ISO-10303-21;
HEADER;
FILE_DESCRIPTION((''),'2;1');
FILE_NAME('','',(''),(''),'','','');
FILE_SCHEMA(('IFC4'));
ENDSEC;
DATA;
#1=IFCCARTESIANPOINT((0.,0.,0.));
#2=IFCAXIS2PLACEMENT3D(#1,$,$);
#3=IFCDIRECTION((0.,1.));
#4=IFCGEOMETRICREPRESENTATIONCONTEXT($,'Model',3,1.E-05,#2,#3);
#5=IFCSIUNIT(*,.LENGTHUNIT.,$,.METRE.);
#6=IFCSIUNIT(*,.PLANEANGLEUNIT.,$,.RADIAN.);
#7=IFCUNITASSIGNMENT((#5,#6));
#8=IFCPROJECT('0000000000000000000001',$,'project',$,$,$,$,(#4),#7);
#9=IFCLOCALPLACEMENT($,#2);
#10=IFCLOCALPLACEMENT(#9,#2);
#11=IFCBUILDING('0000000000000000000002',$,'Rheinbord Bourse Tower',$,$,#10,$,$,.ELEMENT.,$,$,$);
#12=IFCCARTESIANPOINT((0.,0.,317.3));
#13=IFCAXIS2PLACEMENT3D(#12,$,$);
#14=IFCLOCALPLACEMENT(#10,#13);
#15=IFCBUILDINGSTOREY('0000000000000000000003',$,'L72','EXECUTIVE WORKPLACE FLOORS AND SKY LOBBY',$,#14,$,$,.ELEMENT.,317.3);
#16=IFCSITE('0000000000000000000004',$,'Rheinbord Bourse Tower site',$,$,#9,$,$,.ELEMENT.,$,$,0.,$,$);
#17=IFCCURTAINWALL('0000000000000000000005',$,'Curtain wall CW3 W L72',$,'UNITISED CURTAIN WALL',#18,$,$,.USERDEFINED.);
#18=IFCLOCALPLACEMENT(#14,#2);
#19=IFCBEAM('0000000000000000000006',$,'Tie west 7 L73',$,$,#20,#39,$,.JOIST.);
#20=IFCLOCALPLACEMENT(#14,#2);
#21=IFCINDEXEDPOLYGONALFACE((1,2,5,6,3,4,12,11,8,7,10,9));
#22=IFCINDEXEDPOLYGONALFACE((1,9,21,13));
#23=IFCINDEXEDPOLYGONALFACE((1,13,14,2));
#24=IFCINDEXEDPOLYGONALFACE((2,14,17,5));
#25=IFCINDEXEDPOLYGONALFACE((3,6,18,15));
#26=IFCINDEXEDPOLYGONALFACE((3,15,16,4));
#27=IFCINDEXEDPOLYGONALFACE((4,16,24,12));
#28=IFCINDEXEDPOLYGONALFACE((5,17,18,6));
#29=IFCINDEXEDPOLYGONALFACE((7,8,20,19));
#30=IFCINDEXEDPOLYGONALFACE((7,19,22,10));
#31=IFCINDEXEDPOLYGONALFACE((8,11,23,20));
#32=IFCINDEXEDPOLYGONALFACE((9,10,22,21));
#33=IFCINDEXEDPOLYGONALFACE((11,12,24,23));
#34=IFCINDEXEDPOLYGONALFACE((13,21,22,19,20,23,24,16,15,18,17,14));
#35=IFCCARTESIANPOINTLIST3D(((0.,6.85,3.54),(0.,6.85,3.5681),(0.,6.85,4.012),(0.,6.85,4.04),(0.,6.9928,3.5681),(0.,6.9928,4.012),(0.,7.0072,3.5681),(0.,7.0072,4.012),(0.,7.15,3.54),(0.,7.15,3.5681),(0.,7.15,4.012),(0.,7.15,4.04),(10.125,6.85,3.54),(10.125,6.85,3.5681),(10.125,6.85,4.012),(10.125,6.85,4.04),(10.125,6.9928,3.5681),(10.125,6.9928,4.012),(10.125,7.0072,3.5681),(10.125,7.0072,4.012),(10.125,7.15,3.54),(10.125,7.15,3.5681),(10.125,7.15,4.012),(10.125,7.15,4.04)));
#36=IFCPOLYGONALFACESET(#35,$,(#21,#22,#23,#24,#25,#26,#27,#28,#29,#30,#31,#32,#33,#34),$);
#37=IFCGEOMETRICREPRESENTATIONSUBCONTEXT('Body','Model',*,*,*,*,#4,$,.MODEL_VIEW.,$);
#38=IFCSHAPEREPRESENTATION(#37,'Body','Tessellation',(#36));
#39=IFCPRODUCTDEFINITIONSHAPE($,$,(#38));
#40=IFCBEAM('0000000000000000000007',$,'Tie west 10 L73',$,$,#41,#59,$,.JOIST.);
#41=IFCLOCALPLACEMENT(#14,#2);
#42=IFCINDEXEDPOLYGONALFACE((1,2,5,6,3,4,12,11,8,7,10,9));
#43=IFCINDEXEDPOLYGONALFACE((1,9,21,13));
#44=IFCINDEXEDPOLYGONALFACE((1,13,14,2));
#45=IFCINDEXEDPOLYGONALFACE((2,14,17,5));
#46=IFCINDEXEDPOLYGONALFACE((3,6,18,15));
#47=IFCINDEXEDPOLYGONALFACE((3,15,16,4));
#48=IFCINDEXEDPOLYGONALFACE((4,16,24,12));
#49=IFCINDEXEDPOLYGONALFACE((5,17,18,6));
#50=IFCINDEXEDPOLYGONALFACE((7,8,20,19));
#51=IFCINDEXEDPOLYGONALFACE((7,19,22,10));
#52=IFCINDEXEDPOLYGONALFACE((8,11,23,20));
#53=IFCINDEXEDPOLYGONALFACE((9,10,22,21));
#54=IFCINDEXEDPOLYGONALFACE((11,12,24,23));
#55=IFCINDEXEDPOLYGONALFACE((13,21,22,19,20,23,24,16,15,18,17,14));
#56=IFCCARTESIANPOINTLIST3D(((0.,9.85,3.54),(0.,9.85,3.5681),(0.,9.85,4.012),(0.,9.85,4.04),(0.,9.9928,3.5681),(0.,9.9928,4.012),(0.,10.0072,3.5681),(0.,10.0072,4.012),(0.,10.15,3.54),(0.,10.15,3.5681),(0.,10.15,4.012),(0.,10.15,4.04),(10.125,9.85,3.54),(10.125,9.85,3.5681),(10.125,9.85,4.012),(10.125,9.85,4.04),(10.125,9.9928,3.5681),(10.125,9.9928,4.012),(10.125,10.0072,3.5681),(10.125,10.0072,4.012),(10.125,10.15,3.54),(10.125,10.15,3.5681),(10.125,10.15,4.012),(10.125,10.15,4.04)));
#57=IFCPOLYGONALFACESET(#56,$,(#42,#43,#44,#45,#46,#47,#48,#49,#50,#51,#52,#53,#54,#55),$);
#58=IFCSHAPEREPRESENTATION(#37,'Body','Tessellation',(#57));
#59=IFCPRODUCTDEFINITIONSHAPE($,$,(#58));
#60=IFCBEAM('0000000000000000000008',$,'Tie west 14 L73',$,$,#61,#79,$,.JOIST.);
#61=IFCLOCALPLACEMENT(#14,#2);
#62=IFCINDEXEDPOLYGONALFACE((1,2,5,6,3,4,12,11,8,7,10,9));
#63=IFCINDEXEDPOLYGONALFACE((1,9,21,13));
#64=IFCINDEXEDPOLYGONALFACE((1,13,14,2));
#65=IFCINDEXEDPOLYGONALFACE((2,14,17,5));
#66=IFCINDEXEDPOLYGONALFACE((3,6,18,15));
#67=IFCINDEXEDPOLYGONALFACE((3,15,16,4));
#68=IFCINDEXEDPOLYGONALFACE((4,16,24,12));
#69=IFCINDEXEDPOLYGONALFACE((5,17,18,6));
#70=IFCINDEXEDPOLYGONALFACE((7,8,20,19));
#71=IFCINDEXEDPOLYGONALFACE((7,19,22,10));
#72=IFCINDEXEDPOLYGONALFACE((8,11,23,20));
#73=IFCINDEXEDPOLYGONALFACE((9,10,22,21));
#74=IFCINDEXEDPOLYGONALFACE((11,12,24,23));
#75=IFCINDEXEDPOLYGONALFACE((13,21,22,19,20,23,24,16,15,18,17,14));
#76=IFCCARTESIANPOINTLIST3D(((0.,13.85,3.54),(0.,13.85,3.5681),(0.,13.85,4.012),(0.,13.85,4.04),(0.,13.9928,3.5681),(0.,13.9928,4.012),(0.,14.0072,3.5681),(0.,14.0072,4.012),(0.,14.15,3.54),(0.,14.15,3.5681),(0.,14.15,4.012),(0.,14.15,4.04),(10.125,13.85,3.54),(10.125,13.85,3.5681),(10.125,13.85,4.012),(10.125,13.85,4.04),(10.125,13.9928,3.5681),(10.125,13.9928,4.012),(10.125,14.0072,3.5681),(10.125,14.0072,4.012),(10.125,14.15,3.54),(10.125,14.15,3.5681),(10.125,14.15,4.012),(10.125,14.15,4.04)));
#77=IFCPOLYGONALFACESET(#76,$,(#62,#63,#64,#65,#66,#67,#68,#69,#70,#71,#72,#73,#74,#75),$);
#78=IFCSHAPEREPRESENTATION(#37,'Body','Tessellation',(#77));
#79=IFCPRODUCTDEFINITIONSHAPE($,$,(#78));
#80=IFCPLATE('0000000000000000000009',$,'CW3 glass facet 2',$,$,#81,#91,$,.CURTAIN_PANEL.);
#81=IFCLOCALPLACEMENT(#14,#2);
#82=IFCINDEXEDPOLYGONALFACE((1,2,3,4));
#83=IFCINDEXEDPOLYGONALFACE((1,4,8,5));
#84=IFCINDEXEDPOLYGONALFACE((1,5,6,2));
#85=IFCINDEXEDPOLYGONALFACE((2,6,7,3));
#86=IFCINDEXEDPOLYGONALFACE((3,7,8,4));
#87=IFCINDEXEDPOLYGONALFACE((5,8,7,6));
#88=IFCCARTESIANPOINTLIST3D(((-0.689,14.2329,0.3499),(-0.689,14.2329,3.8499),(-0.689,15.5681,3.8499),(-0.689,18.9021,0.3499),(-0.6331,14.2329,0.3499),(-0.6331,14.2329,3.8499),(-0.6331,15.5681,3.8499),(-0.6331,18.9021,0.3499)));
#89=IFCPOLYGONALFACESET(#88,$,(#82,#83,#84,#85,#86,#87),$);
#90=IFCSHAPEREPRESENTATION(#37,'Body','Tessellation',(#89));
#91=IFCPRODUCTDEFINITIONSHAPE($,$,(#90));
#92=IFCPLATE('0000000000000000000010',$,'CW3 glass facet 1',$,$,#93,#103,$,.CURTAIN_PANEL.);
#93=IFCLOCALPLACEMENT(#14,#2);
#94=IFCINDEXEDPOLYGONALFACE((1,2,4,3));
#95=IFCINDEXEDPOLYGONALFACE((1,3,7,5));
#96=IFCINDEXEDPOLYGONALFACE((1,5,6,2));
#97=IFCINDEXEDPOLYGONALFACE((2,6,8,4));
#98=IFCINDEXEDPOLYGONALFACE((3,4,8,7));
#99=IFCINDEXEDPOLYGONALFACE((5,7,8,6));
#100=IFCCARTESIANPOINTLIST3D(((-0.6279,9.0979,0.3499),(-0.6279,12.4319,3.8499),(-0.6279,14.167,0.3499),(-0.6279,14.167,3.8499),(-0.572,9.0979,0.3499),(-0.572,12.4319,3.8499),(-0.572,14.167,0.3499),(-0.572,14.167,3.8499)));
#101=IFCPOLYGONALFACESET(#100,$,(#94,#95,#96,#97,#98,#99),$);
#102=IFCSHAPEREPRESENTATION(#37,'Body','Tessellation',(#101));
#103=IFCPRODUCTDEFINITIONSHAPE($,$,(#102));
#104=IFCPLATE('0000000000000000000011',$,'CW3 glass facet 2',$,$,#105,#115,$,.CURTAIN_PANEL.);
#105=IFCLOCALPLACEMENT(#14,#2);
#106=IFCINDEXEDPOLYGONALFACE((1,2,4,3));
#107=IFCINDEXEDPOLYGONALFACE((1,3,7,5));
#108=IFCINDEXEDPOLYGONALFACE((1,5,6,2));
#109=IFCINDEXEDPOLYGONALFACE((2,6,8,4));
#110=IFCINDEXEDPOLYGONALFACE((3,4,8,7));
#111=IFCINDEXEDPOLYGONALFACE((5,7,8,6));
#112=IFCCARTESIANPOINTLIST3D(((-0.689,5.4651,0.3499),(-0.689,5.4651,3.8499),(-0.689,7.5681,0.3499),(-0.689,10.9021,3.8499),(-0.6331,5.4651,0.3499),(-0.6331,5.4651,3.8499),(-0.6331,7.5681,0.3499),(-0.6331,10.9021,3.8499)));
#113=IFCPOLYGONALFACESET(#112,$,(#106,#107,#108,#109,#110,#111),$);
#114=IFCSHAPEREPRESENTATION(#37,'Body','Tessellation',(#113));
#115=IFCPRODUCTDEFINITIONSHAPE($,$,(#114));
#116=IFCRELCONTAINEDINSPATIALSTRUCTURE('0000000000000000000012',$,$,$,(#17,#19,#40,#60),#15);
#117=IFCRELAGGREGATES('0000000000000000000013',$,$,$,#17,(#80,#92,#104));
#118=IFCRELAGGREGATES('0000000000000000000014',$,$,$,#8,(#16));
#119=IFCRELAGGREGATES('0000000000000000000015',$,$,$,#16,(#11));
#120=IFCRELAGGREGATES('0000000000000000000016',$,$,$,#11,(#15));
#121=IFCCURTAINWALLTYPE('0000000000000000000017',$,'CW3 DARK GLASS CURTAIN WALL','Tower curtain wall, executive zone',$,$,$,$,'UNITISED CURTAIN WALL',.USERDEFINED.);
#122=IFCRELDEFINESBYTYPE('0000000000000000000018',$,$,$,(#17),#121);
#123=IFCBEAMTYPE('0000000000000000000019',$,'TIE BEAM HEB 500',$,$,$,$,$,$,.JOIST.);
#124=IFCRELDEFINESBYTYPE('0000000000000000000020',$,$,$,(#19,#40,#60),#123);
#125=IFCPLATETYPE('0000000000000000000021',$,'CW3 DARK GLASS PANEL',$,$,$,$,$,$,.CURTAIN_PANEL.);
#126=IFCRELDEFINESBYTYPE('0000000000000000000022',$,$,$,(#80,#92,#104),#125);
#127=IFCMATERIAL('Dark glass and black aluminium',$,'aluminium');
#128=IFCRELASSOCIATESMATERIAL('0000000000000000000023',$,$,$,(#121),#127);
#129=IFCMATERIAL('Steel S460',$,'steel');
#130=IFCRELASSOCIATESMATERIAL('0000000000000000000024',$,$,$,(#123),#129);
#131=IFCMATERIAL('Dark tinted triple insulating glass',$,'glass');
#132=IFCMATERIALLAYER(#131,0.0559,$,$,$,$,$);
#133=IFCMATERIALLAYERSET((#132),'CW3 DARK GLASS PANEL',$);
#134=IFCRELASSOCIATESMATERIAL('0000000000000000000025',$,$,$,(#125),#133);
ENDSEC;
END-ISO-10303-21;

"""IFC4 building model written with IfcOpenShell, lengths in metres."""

from ifc_helpers import new_model, si_unit, direction, frame, origin, origin_2d, place, context, subcontext, project, spatial, polyline, i_section, outline, extrude, material, layer, layer_set, material_profile, profile_set, type_object, element, aggregate, save


model = new_model("IFC4")

# Units and contexts
model_context = context("Model", 3, precision=1e-05, world=origin(), true_north=direction((0.0, 1.0)))
body_context = subcontext(model_context, "Body", "Model", "MODEL_VIEW")
ifc_project = project(units=[si_unit("LENGTHUNIT", "METRE"), si_unit("PLANEANGLEUNIT", "RADIAN")], contexts=[model_context])

# Site, building, storey
site_placement = place(None, origin())
site = spatial("IfcSite", under=ifc_project, at=site_placement, Name="Rheinbord Bourse Tower site", CompositionType="ELEMENT", RefElevation=0.0)
building_placement = place(site_placement, origin())
building = spatial("IfcBuilding", under=site, at=building_placement, Name="Rheinbord Bourse Tower", CompositionType="ELEMENT")
storey_placement = place(building_placement, frame((0.0, 0.0, 317.3)))
storey = spatial("IfcBuildingStorey", under=building, at=storey_placement, Name="L72", Description="EXECUTIVE WORKPLACE FLOORS AND SKY LOBBY", CompositionType="ELEMENT", Elevation=317.3)

# Curtain wall
ifc_material_1 = material(Name="Dark glass and black aluminium", Category="aluminium")
curtain_wall_type = type_object("IfcCurtainWallType", Name="CW3 DARK GLASS CURTAIN WALL", Description="Tower curtain wall, executive zone", ElementType="UNITISED CURTAIN WALL", PredefinedType="USERDEFINED", material=ifc_material_1)
curtain_wall_placement = place(storey_placement, origin())
curtain_wall = element("IfcCurtainWall", 1, at=curtain_wall_placement, inside=storey, type_object=curtain_wall_type, Name="Curtain wall CW3 W L72", ObjectType="UNITISED CURTAIN WALL", PredefinedType="USERDEFINED")

# Beams
ifc_material_2 = material(Name="Steel S460", Category="steel")
ifc_material_profile_1 = material_profile(ifc_material_2, i_section(OverallWidth=0.3, OverallDepth=0.5, WebThickness=0.0144, FlangeThickness=0.0281, at=origin_2d()), Name="HEB 500")
ifc_profile_set_1 = profile_set([ifc_material_profile_1], Name="Steel S460")
beam_type_1 = type_object("IfcBeamType", Name="TIE BEAM HEB 500", PredefinedType="JOIST", material=ifc_profile_set_1)
for number, where, z_axis, x_axis, name in (
    (2, (0.0, 7.0, 3.79), (1.0, 0.0, 0.0), (0.0, 1.0, 0.0), "Tie west 7 L73"),
    (3, (0.0, 10.0, 3.79), (1.0, 0.0, 0.0), (0.0, 1.0, 0.0), "Tie west 10 L73"),
    (4, (0.0, 14.0, 3.79), (1.0, 0.0, 0.0), (0.0, 1.0, 0.0), "Tie west 14 L73"),
):
    element("IfcBeam", number, at=place(storey_placement, frame(where, z_axis=z_axis, x_axis=x_axis)), inside=storey, type_object=beam_type_1, Name=name, PredefinedType="JOIST", context=body_context, shape_type="SweptSolid", body=[
        extrude(i_section(OverallWidth=0.3, OverallDepth=0.5, WebThickness=0.0144, FlangeThickness=0.0281, at=origin_2d()), origin(), (0.0, 0.0, 1.0), 10.125),
    ])

# Plates
ifc_material_3 = material(Name="Dark tinted triple insulating glass", Category="glass")
ifc_layer = layer(ifc_material_3, 0.0559)
ifc_layer_set = layer_set([ifc_layer], Name="CW3 DARK GLASS PANEL")
plate_type = type_object("IfcPlateType", Name="CW3 DARK GLASS PANEL", PredefinedType="CURTAIN_PANEL", material=ifc_layer_set)
plate_1_placement = place(storey_placement, frame((-0.689, 14.2329, 3.8499), z_axis=(1.0, 0.0, 0.0), x_axis=(0.0, 0.0, -1.0)))
plate_1 = element("IfcPlate", 5, at=plate_1_placement, type_object=plate_type, Name="CW3 glass facet 2", PredefinedType="CURTAIN_PANEL", context=body_context, shape_type="SweptSolid", body=[
    extrude(outline(polyline([(0.0, 0.0), (3.5, 0.0), (3.5, 4.6692), (0.0, 1.3352), (0.0, 0.0)])), origin(), (0.0, 0.0, 1.0), 0.0559),
])
plate_2_placement = place(storey_placement, frame((-0.6279, 14.167, 0.3499), z_axis=(1.0, 0.0, 0.0), x_axis=(0.0, 0.0, 1.0)))
plate_2 = element("IfcPlate", 6, at=plate_2_placement, type_object=plate_type, Name="CW3 glass facet 1", PredefinedType="CURTAIN_PANEL", context=body_context, shape_type="SweptSolid", body=[
    extrude(outline(polyline([(0.0, 0.0), (3.5, 0.0), (3.5, 1.7351), (0.0, 5.0691), (0.0, 0.0)])), origin(), (0.0, 0.0, 1.0), 0.0559),
])
plate_3_placement = place(storey_placement, frame((-0.689, 5.4651, 3.8499), z_axis=(1.0, 0.0, 0.0), x_axis=(0.0, 0.0, -1.0)))
plate_3 = element("IfcPlate", 7, at=plate_3_placement, type_object=plate_type, Name="CW3 glass facet 2", PredefinedType="CURTAIN_PANEL", context=body_context, shape_type="SweptSolid", body=[
    extrude(outline(polyline([(0.0, 0.0), (3.5, 0.0), (3.5, 2.103), (0.0, 5.437), (0.0, 0.0)])), origin(), (0.0, 0.0, 1.0), 0.0559),
])
aggregate(curtain_wall, [plate_1, plate_2, plate_3])

save(model, "model.ifc")
